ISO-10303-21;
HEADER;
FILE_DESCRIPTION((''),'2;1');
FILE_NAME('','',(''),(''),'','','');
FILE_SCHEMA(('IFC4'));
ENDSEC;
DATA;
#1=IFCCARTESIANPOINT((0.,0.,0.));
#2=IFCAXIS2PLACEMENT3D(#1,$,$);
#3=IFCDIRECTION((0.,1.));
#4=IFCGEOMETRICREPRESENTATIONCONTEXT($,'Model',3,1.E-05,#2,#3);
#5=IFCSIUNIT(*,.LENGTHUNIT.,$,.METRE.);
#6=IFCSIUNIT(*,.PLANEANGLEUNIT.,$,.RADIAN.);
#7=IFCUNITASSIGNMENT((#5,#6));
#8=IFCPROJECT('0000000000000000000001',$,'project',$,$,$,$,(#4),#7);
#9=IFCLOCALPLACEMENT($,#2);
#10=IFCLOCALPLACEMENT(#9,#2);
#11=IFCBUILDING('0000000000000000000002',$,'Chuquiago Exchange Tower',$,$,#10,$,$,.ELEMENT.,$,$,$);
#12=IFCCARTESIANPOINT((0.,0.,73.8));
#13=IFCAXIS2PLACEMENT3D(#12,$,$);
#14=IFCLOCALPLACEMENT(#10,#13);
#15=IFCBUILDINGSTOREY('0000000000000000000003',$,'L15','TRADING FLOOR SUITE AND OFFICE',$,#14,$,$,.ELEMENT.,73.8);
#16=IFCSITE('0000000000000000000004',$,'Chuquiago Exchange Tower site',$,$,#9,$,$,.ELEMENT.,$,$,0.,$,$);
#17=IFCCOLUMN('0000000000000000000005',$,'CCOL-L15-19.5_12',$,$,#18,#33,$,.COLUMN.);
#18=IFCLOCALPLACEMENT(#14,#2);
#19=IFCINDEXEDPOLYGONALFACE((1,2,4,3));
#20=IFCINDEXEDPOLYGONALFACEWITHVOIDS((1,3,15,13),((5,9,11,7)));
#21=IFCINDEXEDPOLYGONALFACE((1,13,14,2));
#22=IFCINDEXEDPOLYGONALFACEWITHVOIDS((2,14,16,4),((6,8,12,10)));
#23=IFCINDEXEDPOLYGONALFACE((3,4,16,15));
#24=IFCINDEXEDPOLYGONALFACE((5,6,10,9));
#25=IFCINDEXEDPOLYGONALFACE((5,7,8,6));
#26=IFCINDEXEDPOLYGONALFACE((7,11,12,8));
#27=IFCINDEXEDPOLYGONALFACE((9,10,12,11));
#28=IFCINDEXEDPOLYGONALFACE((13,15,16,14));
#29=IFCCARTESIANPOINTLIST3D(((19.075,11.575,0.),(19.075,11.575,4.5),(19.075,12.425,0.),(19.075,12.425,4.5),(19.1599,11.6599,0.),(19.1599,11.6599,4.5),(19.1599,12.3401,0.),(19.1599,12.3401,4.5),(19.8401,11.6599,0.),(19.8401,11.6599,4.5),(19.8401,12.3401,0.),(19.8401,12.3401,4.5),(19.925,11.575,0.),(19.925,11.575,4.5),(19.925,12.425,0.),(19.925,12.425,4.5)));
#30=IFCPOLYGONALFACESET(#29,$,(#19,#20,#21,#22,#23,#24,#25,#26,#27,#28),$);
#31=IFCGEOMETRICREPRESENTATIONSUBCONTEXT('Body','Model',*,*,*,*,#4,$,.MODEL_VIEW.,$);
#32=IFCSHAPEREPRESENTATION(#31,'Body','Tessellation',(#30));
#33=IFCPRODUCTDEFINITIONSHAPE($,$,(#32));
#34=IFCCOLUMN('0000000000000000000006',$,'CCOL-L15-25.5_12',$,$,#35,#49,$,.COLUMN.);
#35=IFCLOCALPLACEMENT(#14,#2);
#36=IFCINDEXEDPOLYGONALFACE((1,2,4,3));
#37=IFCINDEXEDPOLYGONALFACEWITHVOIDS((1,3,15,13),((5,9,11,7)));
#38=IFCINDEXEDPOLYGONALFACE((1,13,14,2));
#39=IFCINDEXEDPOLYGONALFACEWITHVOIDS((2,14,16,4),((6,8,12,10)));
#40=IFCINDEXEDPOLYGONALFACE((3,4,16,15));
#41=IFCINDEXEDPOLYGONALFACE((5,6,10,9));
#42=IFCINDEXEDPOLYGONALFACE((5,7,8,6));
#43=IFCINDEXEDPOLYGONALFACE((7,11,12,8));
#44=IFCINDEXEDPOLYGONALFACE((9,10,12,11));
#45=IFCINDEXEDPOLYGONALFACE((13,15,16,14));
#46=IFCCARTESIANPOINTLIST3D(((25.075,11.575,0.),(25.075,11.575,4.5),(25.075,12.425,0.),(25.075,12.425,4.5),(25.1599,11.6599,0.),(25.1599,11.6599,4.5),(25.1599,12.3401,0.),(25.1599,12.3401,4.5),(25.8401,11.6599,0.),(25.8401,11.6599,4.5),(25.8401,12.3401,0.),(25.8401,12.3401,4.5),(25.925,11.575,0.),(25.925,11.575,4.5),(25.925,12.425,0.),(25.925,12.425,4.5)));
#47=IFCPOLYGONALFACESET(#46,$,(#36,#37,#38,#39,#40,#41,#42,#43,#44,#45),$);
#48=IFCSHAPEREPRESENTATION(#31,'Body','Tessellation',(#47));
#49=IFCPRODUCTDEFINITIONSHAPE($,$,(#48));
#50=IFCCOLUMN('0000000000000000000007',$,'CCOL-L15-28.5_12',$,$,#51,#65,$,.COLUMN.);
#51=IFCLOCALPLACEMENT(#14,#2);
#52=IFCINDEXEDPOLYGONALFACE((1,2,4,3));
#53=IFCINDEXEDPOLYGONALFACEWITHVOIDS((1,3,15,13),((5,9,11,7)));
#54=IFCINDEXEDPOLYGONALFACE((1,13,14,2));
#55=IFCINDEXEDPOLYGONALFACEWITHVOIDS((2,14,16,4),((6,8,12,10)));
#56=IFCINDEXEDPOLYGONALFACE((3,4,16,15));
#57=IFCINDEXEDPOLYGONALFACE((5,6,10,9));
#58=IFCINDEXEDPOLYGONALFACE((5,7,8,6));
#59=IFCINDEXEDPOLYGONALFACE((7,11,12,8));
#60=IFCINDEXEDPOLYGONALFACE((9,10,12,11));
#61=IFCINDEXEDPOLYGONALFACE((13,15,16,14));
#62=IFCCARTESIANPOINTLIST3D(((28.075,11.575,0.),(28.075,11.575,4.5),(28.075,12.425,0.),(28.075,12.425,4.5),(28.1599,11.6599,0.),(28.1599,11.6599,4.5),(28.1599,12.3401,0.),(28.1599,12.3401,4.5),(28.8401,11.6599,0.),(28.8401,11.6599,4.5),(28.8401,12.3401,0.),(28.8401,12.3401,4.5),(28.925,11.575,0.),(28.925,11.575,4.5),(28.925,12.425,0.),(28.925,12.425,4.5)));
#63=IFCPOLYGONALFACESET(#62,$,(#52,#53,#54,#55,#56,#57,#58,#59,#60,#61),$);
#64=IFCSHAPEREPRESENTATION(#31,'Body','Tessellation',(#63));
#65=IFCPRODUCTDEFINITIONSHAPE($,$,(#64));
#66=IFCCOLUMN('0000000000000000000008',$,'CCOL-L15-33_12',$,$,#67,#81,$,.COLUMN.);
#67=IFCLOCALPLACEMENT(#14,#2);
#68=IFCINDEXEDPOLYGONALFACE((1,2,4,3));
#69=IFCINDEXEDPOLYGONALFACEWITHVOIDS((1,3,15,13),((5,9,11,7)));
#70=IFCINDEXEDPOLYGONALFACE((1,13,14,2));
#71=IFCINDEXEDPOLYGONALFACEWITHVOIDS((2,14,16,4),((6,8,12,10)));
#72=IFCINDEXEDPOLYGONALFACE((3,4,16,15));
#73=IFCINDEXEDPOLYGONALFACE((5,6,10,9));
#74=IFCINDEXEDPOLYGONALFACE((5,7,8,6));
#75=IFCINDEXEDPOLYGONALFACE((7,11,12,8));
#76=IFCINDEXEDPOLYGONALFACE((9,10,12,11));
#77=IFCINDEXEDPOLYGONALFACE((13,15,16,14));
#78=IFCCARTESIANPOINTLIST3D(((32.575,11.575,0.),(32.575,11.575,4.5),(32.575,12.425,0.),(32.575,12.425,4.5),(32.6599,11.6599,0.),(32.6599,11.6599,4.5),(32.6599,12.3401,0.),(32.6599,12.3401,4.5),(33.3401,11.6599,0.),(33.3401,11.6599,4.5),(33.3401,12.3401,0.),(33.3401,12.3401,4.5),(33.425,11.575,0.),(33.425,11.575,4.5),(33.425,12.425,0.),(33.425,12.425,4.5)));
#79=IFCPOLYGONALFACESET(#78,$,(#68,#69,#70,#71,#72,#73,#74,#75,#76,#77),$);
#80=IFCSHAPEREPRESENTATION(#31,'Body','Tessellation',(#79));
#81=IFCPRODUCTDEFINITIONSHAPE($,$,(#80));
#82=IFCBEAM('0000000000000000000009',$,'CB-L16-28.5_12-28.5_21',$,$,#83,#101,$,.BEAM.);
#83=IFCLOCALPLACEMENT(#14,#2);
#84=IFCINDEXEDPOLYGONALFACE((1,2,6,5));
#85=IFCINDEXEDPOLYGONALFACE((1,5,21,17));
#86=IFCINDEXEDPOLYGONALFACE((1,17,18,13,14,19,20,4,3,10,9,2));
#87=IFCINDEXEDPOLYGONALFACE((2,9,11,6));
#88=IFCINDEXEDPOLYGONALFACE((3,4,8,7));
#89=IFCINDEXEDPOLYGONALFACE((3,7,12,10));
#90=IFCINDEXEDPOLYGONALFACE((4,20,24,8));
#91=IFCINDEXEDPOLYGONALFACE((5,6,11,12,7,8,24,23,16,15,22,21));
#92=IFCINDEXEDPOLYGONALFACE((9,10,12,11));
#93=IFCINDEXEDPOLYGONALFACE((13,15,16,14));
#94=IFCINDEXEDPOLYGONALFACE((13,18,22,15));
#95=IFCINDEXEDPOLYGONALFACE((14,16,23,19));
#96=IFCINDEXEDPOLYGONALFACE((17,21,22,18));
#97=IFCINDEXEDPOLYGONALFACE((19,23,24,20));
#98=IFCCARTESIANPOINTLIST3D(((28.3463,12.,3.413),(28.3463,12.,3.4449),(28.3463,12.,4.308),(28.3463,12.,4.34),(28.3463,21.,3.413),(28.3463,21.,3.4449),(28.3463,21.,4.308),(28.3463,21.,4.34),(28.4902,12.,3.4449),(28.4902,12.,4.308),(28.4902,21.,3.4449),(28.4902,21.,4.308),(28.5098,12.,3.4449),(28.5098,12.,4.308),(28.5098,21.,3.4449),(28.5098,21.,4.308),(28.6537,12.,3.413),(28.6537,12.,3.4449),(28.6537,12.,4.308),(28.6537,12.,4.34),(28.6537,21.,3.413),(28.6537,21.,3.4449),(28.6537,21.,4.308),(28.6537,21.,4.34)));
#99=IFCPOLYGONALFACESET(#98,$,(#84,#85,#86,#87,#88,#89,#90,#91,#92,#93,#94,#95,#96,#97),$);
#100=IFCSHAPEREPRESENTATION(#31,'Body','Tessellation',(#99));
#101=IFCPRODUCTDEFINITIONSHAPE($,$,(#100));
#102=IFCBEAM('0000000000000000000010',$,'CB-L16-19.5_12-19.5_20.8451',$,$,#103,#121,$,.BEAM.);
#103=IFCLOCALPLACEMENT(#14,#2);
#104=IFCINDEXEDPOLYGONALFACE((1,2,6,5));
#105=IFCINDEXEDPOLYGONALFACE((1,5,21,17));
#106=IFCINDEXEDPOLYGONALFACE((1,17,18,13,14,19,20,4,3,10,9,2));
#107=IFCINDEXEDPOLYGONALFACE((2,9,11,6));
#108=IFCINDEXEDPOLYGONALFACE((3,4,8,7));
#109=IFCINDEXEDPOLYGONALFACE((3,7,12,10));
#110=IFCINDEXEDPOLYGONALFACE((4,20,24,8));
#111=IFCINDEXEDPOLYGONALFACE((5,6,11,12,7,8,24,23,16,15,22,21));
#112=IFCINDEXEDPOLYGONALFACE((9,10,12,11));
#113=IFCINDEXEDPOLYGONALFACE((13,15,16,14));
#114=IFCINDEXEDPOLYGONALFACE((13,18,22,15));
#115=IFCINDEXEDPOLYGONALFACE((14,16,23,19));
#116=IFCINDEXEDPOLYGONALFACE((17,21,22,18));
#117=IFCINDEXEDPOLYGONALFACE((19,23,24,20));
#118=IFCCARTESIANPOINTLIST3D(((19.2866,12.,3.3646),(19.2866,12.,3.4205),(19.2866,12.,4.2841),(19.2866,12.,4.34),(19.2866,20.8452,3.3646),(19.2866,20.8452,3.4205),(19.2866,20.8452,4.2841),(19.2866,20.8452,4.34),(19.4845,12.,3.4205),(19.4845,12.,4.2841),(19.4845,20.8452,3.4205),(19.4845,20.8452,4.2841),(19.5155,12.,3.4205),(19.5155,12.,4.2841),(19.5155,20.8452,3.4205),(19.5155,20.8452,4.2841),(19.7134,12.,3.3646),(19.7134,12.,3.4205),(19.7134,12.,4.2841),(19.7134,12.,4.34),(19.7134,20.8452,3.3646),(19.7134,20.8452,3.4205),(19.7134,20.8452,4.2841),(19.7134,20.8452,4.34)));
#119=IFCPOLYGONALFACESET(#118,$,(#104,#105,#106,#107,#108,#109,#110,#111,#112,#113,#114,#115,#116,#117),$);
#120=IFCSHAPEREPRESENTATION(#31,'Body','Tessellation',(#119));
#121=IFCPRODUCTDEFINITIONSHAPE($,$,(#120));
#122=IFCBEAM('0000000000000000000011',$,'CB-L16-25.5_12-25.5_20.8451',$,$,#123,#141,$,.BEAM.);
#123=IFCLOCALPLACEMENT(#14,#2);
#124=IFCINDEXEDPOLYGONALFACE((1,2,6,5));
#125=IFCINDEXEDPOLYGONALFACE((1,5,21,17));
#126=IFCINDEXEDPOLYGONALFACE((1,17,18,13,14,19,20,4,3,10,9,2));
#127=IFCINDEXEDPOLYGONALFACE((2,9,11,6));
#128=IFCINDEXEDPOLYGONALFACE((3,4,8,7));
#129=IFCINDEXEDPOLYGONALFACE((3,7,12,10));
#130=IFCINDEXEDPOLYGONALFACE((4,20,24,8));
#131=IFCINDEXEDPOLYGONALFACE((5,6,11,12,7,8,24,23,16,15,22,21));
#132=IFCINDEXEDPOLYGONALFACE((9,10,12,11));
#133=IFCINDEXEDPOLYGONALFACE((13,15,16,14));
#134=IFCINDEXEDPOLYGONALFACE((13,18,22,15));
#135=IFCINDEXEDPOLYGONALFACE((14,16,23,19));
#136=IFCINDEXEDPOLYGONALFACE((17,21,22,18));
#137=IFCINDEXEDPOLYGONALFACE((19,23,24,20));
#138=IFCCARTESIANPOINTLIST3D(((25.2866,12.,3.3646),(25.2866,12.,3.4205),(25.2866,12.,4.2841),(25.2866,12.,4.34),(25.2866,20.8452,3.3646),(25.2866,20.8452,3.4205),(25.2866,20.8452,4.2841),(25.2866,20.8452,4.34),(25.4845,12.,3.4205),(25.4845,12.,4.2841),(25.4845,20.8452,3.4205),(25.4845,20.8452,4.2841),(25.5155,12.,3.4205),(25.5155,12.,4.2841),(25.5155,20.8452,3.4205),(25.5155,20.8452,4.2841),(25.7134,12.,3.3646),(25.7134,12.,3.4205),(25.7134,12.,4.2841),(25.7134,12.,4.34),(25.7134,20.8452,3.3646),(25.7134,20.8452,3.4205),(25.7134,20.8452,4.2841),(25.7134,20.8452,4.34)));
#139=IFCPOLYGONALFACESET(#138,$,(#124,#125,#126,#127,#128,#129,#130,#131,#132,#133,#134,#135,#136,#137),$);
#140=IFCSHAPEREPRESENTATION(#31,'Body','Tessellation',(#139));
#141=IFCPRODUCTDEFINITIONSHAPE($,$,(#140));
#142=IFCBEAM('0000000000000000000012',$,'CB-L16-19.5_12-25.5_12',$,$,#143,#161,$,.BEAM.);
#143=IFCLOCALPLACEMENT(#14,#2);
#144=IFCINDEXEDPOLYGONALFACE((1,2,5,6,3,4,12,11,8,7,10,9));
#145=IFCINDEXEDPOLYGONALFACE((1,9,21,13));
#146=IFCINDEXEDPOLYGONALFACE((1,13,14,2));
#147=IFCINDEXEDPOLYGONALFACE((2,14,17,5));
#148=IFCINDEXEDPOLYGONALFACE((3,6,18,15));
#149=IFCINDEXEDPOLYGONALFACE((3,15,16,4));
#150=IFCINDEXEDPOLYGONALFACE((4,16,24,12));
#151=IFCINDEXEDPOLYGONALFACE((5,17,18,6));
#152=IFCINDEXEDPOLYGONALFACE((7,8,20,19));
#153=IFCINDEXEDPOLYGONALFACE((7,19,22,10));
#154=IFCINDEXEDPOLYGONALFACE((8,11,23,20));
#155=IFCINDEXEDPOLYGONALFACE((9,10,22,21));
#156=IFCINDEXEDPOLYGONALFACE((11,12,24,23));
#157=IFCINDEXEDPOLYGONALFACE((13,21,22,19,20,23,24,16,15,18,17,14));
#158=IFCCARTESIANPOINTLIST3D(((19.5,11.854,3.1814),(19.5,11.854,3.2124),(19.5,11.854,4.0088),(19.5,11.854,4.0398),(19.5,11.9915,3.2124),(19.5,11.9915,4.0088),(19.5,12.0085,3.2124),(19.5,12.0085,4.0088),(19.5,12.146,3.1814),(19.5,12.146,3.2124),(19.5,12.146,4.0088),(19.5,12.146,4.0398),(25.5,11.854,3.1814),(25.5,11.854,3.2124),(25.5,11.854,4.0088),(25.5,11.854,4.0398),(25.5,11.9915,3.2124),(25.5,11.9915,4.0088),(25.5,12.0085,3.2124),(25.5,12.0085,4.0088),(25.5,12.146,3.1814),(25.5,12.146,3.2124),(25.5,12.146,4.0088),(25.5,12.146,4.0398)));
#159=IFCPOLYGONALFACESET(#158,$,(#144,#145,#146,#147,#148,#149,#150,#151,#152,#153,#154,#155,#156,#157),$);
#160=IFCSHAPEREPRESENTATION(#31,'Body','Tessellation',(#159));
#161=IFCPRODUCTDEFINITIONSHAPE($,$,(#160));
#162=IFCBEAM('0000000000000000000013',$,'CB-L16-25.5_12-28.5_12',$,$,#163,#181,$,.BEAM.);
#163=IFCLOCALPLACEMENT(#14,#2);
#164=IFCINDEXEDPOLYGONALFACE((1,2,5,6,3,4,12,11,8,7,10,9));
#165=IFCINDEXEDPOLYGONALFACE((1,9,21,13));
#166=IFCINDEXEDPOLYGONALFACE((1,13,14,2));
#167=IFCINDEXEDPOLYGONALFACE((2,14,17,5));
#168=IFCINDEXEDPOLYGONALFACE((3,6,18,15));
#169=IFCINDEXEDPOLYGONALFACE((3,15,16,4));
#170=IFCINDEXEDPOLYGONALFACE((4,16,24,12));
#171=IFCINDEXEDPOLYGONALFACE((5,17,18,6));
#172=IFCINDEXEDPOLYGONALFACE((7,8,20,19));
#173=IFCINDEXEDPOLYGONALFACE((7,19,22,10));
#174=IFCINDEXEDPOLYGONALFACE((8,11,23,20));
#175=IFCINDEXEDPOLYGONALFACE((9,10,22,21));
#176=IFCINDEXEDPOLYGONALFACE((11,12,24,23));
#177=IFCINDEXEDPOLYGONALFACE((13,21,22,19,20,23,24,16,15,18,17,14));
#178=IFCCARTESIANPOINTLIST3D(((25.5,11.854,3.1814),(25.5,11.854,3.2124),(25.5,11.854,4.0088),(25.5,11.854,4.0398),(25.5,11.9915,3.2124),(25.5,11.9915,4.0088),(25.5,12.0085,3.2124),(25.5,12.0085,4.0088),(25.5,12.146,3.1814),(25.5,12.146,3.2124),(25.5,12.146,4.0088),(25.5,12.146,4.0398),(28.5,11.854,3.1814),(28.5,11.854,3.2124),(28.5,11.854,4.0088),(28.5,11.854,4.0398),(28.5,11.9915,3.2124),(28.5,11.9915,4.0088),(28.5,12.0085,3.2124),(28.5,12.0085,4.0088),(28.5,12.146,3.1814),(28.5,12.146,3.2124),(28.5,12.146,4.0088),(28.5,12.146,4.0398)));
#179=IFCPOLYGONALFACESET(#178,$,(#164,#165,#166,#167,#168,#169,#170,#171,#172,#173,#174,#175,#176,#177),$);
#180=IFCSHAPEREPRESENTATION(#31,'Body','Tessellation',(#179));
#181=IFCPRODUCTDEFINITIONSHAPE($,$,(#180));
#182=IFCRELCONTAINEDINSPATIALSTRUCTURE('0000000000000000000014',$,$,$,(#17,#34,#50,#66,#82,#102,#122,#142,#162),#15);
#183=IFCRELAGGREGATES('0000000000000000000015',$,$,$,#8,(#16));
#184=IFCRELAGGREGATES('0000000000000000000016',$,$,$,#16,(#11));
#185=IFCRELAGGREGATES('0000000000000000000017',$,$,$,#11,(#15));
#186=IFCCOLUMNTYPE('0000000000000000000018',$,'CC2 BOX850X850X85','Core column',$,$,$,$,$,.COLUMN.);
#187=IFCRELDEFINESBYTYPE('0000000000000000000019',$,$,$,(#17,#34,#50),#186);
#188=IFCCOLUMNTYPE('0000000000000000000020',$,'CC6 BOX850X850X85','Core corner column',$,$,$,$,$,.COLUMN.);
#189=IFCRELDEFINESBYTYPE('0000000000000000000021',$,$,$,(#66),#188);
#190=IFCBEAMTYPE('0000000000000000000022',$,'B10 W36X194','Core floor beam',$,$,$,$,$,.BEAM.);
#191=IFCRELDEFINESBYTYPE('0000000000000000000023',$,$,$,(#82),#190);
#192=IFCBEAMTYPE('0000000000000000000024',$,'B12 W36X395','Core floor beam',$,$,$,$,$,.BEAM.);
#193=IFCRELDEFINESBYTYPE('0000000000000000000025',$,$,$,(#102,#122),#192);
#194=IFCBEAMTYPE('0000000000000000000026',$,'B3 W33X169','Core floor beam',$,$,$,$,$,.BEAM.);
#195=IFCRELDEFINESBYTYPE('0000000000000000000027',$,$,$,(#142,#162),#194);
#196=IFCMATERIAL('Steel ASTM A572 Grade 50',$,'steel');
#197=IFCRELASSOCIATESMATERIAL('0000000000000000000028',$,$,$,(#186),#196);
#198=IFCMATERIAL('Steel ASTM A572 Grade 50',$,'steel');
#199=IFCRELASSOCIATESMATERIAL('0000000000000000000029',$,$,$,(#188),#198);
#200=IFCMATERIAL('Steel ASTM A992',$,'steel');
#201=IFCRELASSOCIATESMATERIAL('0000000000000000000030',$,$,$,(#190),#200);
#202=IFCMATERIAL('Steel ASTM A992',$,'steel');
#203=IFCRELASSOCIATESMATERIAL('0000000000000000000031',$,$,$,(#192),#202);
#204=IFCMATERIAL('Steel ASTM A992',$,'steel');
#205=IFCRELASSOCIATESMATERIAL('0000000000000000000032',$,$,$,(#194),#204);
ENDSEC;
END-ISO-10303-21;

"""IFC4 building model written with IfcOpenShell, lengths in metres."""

from ifc_helpers import new_model, si_unit, direction, frame, origin, origin_2d, place, context, subcontext, project, spatial, hollow_rectangle, i_section, extrude, material, material_profile, profile_set, type_object, element, save


model = new_model("IFC4")

# Units and contexts
model_context = context("Model", 3, precision=1e-05, world=origin(), true_north=direction((0.0, 1.0)))
body_context = subcontext(model_context, "Body", "Model", "MODEL_VIEW")
ifc_project = project(units=[si_unit("LENGTHUNIT", "METRE"), si_unit("PLANEANGLEUNIT", "RADIAN")], contexts=[model_context])

# Site, building, storey
site_placement = place(None, origin())
site = spatial("IfcSite", under=ifc_project, at=site_placement, Name="Chuquiago Exchange Tower site", CompositionType="ELEMENT", RefElevation=0.0)
building_placement = place(site_placement, origin())
building = spatial("IfcBuilding", under=site, at=building_placement, Name="Chuquiago Exchange Tower", CompositionType="ELEMENT")
storey_placement = place(building_placement, frame((0.0, 0.0, 73.8)))
storey = spatial("IfcBuildingStorey", under=building, at=storey_placement, Name="L15", Description="TRADING FLOOR SUITE AND OFFICE", CompositionType="ELEMENT", Elevation=73.8)

# Columns
ifc_material_1 = material(Name="Steel ASTM A572 Grade 50", Category="steel")
ifc_material_profile_1 = material_profile(ifc_material_1, hollow_rectangle(XDim=0.8501, YDim=0.8501, WallThickness=0.085, at=origin_2d()), Name="BOX850X850X85")
ifc_profile_set_1 = profile_set([ifc_material_profile_1], Name="Steel ASTM A572 Grade 50")
column_type_1 = type_object("IfcColumnType", Name="CC2 BOX850X850X85", Description="Core column", PredefinedType="COLUMN", material=ifc_profile_set_1)
for number, where, z_axis, x_axis, name in (
    (1, (19.5, 12.0, 0.0), (0.0, 0.0, 1.0), (1.0, 0.0, 0.0), "CCOL-L15-19.5_12"),
    (2, (25.5, 12.0, 0.0), (0.0, 0.0, 1.0), (1.0, 0.0, 0.0), "CCOL-L15-25.5_12"),
    (3, (28.5, 12.0, 0.0), (0.0, 0.0, 1.0), (1.0, 0.0, 0.0), "CCOL-L15-28.5_12"),
):
    element("IfcColumn", number, at=place(storey_placement, frame(where, z_axis=z_axis, x_axis=x_axis)), inside=storey, type_object=column_type_1, Name=name, PredefinedType="COLUMN", context=body_context, shape_type="SweptSolid", body=[
        extrude(hollow_rectangle(XDim=0.8501, YDim=0.8501, WallThickness=0.085, at=origin_2d()), origin(), (0.0, 0.0, 1.0), 4.5),
    ])
ifc_material_2 = material(Name="Steel ASTM A572 Grade 50", Category="steel")
ifc_material_profile_2 = material_profile(ifc_material_2, hollow_rectangle(XDim=0.8501, YDim=0.8501, WallThickness=0.085, at=origin_2d()), Name="BOX850X850X85")
ifc_profile_set_2 = profile_set([ifc_material_profile_2], Name="Steel ASTM A572 Grade 50")
column_type_2 = type_object("IfcColumnType", Name="CC6 BOX850X850X85", Description="Core corner column", PredefinedType="COLUMN", material=ifc_profile_set_2)
column_placement = place(storey_placement, frame((33.0, 12.0, 0.0), z_axis=(0.0, 0.0, 1.0), x_axis=(1.0, 0.0, 0.0)))
element("IfcColumn", 4, at=column_placement, inside=storey, type_object=column_type_2, Name="CCOL-L15-33_12", PredefinedType="COLUMN", context=body_context, shape_type="SweptSolid", body=[
    extrude(hollow_rectangle(XDim=0.8501, YDim=0.8501, WallThickness=0.085, at=origin_2d()), origin(), (0.0, 0.0, 1.0), 4.5),
])

# Beams
ifc_material_3 = material(Name="Steel ASTM A992", Category="steel")
ifc_material_profile_3 = material_profile(ifc_material_3, i_section(OverallWidth=0.3074, OverallDepth=0.927, WebThickness=0.0195, FlangeThickness=0.032, at=origin_2d()), Name="W36X194")
ifc_profile_set_3 = profile_set([ifc_material_profile_3], Name="Steel ASTM A992")
beam_type_1 = type_object("IfcBeamType", Name="B10 W36X194", Description="Core floor beam", PredefinedType="BEAM", material=ifc_profile_set_3)
beam_1_placement = place(storey_placement, frame((28.5, 12.0, 3.8765), z_axis=(0.0, 1.0, 0.0), x_axis=(-1.0, 0.0, 0.0)))
element("IfcBeam", 5, at=beam_1_placement, inside=storey, type_object=beam_type_1, Name="CB-L16-28.5_12-28.5_21", PredefinedType="BEAM", context=body_context, shape_type="SweptSolid", body=[
    extrude(i_section(OverallWidth=0.3074, OverallDepth=0.927, WebThickness=0.0195, FlangeThickness=0.032, at=origin_2d()), origin(), (0.0, 0.0, 1.0), 9.0),
])
ifc_material_4 = material(Name="Steel ASTM A992", Category="steel")
ifc_material_profile_4 = material_profile(ifc_material_4, i_section(OverallWidth=0.4268, OverallDepth=0.9753, WebThickness=0.031, FlangeThickness=0.0559, at=origin_2d()), Name="W36X395")
ifc_profile_set_4 = profile_set([ifc_material_profile_4], Name="Steel ASTM A992")
beam_type_2 = type_object("IfcBeamType", Name="B12 W36X395", Description="Core floor beam", PredefinedType="BEAM", material=ifc_profile_set_4)
for number, where, z_axis, x_axis, name in (
    (6, (19.5, 12.0, 3.8523), (0.0, 1.0, 0.0), (-1.0, 0.0, 0.0), "CB-L16-19.5_12-19.5_20.8451"),
    (7, (25.5, 12.0, 3.8523), (0.0, 1.0, 0.0), (-1.0, 0.0, 0.0), "CB-L16-25.5_12-25.5_20.8451"),
):
    element("IfcBeam", number, at=place(storey_placement, frame(where, z_axis=z_axis, x_axis=x_axis)), inside=storey, type_object=beam_type_2, Name=name, PredefinedType="BEAM", context=body_context, shape_type="SweptSolid", body=[
        extrude(i_section(OverallWidth=0.4268, OverallDepth=0.9753, WebThickness=0.031, FlangeThickness=0.0559, at=origin_2d()), origin(), (0.0, 0.0, 1.0), 8.8452),
    ])
ifc_material_5 = material(Name="Steel ASTM A992", Category="steel")
ifc_material_profile_5 = material_profile(ifc_material_5, i_section(OverallWidth=0.292, OverallDepth=0.8584, WebThickness=0.0171, FlangeThickness=0.031, at=origin_2d()), Name="W33X169")
ifc_profile_set_5 = profile_set([ifc_material_profile_5], Name="Steel ASTM A992")
beam_type_3 = type_object("IfcBeamType", Name="B3 W33X169", Description="Core floor beam", PredefinedType="BEAM", material=ifc_profile_set_5)
beam_2_placement = place(storey_placement, frame((19.5, 12.0, 3.6106), z_axis=(1.0, 0.0, 0.0), x_axis=(0.0, 1.0, 0.0)))
element("IfcBeam", 8, at=beam_2_placement, inside=storey, type_object=beam_type_3, Name="CB-L16-19.5_12-25.5_12", PredefinedType="BEAM", context=body_context, shape_type="SweptSolid", body=[
    extrude(i_section(OverallWidth=0.292, OverallDepth=0.8584, WebThickness=0.0171, FlangeThickness=0.031, at=origin_2d()), origin(), (0.0, 0.0, 1.0), 6.0),
])
beam_3_placement = place(storey_placement, frame((25.5, 12.0, 3.6106), z_axis=(1.0, 0.0, 0.0), x_axis=(0.0, 1.0, 0.0)))
element("IfcBeam", 9, at=beam_3_placement, inside=storey, type_object=beam_type_3, Name="CB-L16-25.5_12-28.5_12", PredefinedType="BEAM", context=body_context, shape_type="SweptSolid", body=[
    extrude(i_section(OverallWidth=0.292, OverallDepth=0.8584, WebThickness=0.0171, FlangeThickness=0.031, at=origin_2d()), origin(), (0.0, 0.0, 1.0), 3.0),
])

save(model, "model.ifc")
